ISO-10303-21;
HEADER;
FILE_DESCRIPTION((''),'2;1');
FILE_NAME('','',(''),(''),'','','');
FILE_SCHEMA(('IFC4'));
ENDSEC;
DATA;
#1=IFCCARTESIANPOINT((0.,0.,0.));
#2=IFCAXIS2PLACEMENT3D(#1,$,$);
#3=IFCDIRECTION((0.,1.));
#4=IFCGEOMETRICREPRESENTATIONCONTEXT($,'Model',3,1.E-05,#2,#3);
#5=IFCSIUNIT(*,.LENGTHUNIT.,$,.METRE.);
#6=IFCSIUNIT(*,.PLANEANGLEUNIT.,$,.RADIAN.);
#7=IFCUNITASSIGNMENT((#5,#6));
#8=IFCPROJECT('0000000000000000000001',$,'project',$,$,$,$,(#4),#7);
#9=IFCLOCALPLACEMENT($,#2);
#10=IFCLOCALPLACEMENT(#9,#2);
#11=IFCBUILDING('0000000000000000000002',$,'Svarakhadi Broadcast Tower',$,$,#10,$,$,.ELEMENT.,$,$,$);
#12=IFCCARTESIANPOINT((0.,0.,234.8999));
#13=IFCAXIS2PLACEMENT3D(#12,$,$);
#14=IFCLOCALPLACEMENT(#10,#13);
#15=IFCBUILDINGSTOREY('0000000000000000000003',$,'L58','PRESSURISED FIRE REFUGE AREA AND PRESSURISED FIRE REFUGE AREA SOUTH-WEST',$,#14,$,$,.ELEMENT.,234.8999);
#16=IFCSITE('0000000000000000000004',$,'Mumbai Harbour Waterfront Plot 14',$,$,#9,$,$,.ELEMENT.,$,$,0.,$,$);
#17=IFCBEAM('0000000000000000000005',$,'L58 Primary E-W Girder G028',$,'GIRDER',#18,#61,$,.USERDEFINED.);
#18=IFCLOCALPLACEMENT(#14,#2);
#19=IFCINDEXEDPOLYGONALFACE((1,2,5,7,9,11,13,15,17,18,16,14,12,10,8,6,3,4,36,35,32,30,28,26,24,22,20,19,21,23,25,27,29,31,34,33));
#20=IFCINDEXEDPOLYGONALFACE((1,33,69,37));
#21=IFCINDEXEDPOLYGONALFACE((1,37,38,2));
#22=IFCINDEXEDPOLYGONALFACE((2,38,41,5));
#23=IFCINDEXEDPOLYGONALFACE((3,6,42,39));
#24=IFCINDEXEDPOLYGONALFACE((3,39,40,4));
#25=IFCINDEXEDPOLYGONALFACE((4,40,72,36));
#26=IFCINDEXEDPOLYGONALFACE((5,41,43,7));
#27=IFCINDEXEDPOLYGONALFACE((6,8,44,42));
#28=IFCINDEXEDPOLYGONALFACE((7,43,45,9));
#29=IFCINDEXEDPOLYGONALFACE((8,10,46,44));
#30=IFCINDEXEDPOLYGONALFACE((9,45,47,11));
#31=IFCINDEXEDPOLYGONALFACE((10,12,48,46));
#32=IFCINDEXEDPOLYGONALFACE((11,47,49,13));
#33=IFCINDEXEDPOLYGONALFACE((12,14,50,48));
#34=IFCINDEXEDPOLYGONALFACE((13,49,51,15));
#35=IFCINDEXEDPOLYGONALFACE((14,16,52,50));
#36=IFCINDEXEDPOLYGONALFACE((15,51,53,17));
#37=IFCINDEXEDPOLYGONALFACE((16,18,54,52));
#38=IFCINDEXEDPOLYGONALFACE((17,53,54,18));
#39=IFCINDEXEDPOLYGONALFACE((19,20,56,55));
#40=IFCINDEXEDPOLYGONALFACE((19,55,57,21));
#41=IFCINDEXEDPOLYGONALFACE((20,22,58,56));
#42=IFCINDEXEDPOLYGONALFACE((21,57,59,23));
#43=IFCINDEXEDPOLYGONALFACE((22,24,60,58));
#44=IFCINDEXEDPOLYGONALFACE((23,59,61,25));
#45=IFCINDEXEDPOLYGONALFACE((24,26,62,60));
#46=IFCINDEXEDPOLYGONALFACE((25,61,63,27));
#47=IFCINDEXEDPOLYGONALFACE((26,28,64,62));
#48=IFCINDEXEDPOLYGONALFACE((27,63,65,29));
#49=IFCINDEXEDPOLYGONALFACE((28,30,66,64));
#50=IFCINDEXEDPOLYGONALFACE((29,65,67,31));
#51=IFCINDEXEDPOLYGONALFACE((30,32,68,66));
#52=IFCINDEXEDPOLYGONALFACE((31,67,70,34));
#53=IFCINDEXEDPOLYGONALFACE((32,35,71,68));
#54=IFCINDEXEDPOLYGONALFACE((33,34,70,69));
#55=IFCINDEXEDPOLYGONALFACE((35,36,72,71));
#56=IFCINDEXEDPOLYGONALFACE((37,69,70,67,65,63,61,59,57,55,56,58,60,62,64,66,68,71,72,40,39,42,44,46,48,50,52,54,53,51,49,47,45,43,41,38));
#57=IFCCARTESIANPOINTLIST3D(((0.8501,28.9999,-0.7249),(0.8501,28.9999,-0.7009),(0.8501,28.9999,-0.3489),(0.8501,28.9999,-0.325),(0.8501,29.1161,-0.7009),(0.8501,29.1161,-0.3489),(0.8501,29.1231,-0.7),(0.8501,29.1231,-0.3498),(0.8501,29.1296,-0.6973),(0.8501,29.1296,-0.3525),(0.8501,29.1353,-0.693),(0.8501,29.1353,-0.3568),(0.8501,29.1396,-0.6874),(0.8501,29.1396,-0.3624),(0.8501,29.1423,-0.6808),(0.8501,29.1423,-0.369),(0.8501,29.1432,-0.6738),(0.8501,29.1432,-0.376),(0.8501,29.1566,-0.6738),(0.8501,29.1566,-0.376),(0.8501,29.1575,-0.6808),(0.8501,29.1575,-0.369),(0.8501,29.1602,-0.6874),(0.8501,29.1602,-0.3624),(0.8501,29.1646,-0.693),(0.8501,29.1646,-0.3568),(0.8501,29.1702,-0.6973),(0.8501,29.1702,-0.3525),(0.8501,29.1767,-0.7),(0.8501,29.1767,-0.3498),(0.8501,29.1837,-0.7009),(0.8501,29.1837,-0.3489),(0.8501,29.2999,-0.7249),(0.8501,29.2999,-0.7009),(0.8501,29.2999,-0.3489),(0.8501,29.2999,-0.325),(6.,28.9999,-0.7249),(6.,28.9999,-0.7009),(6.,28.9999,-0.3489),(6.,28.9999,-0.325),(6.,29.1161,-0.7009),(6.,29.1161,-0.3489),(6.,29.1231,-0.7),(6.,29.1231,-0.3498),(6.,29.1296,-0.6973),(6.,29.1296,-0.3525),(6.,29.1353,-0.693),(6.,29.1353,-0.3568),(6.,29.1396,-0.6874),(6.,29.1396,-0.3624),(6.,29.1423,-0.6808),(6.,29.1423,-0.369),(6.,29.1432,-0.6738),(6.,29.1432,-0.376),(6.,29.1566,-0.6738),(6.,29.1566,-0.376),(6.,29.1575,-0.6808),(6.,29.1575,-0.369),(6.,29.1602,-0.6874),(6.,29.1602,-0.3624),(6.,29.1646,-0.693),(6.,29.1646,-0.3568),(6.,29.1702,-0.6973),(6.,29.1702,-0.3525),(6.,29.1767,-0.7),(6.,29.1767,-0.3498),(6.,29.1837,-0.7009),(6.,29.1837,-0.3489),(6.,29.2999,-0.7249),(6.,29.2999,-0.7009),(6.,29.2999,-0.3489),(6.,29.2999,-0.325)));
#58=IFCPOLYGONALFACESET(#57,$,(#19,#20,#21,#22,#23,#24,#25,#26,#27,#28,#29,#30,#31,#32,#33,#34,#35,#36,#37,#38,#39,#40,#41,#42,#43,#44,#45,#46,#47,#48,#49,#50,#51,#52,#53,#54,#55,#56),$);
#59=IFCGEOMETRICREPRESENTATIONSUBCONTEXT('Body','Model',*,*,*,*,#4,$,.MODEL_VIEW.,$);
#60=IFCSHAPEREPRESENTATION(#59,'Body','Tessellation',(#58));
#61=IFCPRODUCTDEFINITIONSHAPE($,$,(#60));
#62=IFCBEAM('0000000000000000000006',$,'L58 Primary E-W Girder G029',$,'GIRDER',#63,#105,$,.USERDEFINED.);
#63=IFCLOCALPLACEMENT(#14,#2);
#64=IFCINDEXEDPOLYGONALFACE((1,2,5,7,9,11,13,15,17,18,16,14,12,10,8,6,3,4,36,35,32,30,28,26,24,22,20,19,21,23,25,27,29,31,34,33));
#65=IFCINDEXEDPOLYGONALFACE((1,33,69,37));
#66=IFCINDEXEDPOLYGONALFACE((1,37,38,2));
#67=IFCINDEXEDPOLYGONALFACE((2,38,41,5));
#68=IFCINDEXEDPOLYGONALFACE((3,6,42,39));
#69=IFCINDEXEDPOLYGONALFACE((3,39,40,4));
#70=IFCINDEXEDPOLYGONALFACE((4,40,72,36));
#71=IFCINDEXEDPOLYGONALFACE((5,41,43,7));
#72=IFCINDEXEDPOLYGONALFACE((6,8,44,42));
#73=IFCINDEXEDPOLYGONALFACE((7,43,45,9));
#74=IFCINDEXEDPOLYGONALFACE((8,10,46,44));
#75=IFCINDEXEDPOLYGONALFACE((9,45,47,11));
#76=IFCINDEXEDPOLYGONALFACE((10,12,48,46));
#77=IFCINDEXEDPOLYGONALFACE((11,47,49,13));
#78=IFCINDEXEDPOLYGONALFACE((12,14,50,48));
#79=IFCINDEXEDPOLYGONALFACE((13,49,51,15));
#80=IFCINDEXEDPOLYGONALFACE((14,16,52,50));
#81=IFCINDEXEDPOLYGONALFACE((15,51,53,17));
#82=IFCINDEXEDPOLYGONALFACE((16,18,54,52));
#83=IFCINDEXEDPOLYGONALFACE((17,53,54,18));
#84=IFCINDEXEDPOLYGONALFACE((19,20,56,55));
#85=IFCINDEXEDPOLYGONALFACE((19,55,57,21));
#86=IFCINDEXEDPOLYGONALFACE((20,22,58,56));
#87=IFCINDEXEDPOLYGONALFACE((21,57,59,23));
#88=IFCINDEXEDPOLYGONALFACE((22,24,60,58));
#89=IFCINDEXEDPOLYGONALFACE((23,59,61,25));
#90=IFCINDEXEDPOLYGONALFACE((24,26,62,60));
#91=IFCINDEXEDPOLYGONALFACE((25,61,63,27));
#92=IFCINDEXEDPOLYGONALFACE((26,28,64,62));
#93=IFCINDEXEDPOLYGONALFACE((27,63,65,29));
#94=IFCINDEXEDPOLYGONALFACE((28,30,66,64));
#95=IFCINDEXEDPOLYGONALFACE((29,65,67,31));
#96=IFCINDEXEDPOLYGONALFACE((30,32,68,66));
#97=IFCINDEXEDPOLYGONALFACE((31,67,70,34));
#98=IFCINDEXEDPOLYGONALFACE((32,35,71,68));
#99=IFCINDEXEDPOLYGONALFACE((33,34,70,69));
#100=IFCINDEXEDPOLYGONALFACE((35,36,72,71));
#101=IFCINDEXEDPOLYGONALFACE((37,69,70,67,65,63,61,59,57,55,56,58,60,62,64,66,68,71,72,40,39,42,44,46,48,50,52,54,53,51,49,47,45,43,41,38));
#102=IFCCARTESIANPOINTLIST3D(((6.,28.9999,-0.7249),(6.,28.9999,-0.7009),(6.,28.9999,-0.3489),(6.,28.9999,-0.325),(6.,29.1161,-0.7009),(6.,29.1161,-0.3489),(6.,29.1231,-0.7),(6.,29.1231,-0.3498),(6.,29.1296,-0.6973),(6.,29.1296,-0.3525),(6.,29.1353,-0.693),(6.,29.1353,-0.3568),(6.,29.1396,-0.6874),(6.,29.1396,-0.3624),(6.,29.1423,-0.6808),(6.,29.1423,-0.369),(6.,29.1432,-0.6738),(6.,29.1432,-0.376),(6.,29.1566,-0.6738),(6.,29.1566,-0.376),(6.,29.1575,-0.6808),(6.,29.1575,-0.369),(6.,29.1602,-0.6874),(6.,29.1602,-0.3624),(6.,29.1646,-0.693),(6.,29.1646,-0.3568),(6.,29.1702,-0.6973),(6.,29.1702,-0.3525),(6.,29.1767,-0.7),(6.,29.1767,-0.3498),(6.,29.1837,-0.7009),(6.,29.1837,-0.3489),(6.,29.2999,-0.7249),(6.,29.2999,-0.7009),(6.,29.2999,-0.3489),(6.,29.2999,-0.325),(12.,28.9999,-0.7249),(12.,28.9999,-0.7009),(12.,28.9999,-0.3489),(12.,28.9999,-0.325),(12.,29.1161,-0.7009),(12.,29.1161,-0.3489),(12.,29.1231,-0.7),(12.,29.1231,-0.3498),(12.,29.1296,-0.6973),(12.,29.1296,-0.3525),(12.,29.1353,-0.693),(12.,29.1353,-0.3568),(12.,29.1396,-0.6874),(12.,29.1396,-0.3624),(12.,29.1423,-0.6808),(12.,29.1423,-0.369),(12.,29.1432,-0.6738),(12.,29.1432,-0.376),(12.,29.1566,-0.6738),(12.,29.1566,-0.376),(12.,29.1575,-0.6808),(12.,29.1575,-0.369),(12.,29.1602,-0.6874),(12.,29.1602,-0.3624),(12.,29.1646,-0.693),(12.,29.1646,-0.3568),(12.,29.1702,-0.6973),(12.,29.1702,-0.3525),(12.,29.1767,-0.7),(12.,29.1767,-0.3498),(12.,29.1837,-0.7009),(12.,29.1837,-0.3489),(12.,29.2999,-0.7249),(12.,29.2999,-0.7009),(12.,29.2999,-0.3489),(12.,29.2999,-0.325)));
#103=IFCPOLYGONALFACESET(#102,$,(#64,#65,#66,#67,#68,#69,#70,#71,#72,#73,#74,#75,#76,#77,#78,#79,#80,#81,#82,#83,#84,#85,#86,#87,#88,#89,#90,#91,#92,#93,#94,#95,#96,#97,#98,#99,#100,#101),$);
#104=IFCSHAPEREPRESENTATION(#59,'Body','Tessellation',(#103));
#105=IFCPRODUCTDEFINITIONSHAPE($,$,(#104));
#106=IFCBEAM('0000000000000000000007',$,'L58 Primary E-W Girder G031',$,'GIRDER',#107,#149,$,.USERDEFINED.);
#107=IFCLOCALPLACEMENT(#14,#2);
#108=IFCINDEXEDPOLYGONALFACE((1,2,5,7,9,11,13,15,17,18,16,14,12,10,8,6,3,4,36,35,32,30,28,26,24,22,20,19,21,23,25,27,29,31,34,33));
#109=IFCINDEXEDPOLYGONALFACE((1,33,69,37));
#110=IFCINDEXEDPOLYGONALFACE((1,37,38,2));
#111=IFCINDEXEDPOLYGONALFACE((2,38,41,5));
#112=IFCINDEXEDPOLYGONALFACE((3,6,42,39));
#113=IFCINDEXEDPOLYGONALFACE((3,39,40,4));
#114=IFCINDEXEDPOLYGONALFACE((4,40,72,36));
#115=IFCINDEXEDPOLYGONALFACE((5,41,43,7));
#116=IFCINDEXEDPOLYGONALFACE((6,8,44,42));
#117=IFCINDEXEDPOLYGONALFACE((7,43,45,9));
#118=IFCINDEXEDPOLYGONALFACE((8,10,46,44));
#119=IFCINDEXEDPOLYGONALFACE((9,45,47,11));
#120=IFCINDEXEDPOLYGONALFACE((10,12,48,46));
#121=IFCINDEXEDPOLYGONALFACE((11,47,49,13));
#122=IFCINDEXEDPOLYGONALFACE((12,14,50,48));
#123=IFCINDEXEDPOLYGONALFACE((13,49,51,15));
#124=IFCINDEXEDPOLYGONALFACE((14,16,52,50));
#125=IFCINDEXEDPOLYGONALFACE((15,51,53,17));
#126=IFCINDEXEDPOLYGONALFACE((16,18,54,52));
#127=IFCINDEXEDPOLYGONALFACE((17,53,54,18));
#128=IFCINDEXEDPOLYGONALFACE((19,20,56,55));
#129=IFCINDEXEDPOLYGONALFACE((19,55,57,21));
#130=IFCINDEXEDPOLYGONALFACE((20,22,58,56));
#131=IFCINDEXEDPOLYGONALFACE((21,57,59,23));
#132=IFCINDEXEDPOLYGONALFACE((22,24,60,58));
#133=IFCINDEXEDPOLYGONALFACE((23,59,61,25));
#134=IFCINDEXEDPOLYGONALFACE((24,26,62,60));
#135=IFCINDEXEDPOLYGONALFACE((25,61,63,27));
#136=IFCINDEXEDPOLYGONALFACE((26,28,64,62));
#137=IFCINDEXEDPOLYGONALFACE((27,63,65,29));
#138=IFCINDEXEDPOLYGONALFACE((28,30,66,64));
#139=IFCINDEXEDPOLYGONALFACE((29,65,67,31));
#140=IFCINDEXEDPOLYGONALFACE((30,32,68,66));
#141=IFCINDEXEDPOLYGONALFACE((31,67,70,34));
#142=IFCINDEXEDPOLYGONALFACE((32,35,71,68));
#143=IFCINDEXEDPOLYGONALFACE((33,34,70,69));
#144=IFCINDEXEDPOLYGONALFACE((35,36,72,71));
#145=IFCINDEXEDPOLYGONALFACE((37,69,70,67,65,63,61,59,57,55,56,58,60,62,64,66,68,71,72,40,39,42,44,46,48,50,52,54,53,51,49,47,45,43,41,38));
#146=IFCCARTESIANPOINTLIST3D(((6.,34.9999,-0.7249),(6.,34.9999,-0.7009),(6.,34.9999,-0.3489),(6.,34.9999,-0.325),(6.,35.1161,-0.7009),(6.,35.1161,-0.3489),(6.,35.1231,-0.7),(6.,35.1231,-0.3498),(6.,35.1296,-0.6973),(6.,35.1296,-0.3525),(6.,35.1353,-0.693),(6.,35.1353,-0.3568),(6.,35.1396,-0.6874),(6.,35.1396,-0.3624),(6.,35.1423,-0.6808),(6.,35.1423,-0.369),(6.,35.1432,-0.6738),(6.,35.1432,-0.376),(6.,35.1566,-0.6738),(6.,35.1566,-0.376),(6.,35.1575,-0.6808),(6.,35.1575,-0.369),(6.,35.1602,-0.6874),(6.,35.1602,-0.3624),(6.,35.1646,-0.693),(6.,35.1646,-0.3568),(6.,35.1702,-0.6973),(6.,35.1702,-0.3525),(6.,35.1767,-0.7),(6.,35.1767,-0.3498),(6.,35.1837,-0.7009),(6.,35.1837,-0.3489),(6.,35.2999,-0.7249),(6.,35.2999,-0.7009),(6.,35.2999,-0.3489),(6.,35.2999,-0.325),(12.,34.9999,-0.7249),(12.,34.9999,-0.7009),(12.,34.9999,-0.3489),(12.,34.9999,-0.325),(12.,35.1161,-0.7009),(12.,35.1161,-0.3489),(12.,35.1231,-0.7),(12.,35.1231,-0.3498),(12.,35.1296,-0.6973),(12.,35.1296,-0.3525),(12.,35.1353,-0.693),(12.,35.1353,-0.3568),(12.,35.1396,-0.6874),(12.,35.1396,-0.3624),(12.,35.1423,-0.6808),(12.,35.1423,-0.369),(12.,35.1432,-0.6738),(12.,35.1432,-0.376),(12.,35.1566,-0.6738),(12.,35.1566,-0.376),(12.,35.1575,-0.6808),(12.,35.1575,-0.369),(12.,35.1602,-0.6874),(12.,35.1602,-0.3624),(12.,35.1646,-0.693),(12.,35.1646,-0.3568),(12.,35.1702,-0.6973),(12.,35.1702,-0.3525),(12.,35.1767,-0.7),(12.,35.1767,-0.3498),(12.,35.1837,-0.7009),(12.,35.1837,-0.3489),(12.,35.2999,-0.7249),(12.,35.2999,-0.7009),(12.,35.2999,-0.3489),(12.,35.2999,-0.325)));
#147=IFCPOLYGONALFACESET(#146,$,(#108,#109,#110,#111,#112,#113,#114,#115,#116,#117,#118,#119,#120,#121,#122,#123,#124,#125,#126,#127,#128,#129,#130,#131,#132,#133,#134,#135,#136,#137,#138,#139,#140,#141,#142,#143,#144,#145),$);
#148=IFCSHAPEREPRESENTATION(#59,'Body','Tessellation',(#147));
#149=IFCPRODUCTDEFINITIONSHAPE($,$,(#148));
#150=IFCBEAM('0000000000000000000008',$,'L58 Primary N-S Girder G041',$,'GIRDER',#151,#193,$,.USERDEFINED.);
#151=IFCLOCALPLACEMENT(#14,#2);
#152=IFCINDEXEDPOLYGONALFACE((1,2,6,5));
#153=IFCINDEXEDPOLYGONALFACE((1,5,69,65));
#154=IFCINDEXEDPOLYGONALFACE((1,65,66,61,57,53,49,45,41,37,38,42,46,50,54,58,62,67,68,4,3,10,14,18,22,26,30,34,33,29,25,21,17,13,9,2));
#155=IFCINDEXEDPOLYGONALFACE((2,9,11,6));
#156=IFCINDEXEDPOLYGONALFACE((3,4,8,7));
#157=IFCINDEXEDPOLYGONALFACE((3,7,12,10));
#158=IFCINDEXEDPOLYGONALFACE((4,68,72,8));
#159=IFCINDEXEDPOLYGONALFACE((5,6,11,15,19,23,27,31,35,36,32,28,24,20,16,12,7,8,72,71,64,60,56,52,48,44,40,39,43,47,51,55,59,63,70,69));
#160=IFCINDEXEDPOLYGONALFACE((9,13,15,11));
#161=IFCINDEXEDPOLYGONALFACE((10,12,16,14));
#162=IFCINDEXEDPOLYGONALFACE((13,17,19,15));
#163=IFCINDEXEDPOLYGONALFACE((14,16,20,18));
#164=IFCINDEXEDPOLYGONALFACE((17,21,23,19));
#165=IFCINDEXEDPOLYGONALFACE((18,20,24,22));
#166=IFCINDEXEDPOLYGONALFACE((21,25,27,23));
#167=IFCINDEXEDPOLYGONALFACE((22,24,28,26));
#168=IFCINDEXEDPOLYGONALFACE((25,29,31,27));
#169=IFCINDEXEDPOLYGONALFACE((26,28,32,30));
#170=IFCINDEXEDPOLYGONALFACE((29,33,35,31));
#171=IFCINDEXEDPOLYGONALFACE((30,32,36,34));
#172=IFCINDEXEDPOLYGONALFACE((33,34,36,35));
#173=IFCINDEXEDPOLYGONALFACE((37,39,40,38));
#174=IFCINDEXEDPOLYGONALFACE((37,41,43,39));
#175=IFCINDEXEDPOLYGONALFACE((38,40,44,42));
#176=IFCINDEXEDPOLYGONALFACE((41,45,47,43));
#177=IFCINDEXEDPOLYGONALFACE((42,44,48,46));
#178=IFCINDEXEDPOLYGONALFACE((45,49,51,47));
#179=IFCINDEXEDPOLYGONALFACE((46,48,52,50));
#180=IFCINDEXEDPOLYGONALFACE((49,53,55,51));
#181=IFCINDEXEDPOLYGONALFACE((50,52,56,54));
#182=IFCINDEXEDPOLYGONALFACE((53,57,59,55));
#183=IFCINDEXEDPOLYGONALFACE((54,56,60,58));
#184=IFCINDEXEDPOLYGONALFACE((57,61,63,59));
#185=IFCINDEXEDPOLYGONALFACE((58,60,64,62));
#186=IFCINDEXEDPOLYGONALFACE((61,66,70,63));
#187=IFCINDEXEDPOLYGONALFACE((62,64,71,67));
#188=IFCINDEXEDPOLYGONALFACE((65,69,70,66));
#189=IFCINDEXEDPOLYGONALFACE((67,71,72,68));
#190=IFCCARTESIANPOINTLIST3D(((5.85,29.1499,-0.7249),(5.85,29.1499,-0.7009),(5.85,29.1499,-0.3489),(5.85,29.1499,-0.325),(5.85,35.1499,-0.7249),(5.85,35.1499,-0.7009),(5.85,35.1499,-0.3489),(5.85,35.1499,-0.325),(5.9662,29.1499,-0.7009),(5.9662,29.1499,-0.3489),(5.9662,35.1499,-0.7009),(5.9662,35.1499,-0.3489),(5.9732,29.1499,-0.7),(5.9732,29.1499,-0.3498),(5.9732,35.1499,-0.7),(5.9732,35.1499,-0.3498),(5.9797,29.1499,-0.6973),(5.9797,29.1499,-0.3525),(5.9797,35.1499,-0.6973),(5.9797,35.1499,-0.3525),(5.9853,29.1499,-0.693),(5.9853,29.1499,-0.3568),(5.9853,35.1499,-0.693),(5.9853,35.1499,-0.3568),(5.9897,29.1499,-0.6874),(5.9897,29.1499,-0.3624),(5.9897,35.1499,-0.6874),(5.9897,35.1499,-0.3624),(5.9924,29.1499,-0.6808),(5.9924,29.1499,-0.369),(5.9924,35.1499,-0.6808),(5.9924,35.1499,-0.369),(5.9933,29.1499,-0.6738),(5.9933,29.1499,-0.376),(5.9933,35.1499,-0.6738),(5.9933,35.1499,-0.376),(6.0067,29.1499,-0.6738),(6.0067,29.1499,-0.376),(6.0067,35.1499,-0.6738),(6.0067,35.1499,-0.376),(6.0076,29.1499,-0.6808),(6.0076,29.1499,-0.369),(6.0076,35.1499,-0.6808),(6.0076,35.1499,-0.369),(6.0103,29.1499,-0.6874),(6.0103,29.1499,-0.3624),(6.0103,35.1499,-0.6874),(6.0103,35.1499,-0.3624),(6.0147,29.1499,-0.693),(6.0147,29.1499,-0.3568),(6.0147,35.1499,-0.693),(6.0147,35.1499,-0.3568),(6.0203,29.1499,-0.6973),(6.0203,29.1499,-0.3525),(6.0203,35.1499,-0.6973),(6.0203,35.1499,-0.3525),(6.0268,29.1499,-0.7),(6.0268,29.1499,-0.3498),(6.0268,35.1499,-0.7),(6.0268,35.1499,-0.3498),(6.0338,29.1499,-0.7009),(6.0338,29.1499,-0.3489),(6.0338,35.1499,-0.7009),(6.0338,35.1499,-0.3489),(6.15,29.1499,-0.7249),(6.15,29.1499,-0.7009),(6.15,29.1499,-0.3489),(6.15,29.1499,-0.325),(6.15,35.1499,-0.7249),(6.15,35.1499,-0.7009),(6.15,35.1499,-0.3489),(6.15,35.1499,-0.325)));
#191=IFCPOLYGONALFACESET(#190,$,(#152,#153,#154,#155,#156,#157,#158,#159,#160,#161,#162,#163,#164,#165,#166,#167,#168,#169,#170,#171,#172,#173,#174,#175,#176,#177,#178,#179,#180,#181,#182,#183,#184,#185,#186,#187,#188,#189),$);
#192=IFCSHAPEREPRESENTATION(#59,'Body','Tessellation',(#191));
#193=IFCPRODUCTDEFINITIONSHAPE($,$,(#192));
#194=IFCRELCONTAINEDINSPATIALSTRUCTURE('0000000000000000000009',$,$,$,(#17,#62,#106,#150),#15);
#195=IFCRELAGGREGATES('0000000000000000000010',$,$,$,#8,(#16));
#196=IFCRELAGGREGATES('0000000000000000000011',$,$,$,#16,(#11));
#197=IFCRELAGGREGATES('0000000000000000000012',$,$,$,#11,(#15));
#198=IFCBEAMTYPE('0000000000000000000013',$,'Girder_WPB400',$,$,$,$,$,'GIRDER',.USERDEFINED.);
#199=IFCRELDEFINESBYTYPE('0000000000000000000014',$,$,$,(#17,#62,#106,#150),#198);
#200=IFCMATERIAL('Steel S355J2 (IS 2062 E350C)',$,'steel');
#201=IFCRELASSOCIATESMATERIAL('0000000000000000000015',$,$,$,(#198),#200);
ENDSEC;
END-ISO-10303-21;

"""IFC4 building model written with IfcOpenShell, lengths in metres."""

from ifc_helpers import new_model, si_unit, direction, frame, origin, origin_2d, place, context, subcontext, project, spatial, i_section, extrude, material, material_profile, profile_set, type_object, element, save


model = new_model("IFC4")

# Units and contexts
model_context = context("Model", 3, precision=1e-05, world=origin(), true_north=direction((0.0, 1.0)))
body_context = subcontext(model_context, "Body", "Model", "MODEL_VIEW")
ifc_project = project(units=[si_unit("LENGTHUNIT", "METRE"), si_unit("PLANEANGLEUNIT", "RADIAN")], contexts=[model_context])

# Site, building, storey
site_placement = place(None, origin())
site = spatial("IfcSite", under=ifc_project, at=site_placement, Name="Mumbai Harbour Waterfront Plot 14", CompositionType="ELEMENT", RefElevation=0.0)
building_placement = place(site_placement, origin())
building = spatial("IfcBuilding", under=site, at=building_placement, Name="Svarakhadi Broadcast Tower", CompositionType="ELEMENT")
storey_placement = place(building_placement, frame((0.0, 0.0, 234.8999)))
storey = spatial("IfcBuildingStorey", under=building, at=storey_placement, Name="L58", Description="PRESSURISED FIRE REFUGE AREA AND PRESSURISED FIRE REFUGE AREA SOUTH-WEST", CompositionType="ELEMENT", Elevation=234.8999)

# Beams
ifc_material_1 = material(Name="Steel S355J2 (IS 2062 E350C)", Category="steel")
ifc_material_profile_1 = material_profile(ifc_material_1, i_section(OverallWidth=0.3, OverallDepth=0.3999, WebThickness=0.0134, FlangeThickness=0.0239, FilletRadius=0.0271, at=origin_2d()), Name="WPB 400x300x155")
ifc_profile_set_1 = profile_set([ifc_material_profile_1], Name="Steel S355J2 (IS 2062 E350C)")
beam_type_1 = type_object("IfcBeamType", Name="Girder_WPB400", ElementType="GIRDER", PredefinedType="USERDEFINED", material=ifc_profile_set_1)
beam_1_placement = place(storey_placement, frame((0.8501, 29.1499, -0.5249), z_axis=(1.0, 0.0, 0.0), x_axis=(0.0, 1.0, 0.0)))
element("IfcBeam", 1, at=beam_1_placement, inside=storey, type_object=beam_type_1, Name="L58 Primary E-W Girder G028", ObjectType="GIRDER", PredefinedType="USERDEFINED", context=body_context, shape_type="SweptSolid", body=[
    extrude(i_section(OverallWidth=0.3, OverallDepth=0.3999, WebThickness=0.0134, FlangeThickness=0.0239, FilletRadius=0.0271, at=origin_2d()), origin(), (0.0, 0.0, 1.0), 5.1499),
])
for number, where, z_axis, x_axis, name in (
    (2, (6.0, 29.1499, -0.5249), (1.0, 0.0, 0.0), (0.0, 1.0, 0.0), "L58 Primary E-W Girder G029"),
    (3, (6.0, 35.1499, -0.5249), (1.0, 0.0, 0.0), (0.0, 1.0, 0.0), "L58 Primary E-W Girder G031"),
    (4, (6.0, 29.1499, -0.5249), (0.0, 1.0, 0.0), (-1.0, 0.0, 0.0), "L58 Primary N-S Girder G041"),
):
    element("IfcBeam", number, at=place(storey_placement, frame(where, z_axis=z_axis, x_axis=x_axis)), inside=storey, type_object=beam_type_1, Name=name, ObjectType="GIRDER", PredefinedType="USERDEFINED", context=body_context, shape_type="SweptSolid", body=[
        extrude(i_section(OverallWidth=0.3, OverallDepth=0.3999, WebThickness=0.0134, FlangeThickness=0.0239, FilletRadius=0.0271, at=origin_2d()), origin(), (0.0, 0.0, 1.0), 6.0),
    ])

save(model, "model.ifc")
